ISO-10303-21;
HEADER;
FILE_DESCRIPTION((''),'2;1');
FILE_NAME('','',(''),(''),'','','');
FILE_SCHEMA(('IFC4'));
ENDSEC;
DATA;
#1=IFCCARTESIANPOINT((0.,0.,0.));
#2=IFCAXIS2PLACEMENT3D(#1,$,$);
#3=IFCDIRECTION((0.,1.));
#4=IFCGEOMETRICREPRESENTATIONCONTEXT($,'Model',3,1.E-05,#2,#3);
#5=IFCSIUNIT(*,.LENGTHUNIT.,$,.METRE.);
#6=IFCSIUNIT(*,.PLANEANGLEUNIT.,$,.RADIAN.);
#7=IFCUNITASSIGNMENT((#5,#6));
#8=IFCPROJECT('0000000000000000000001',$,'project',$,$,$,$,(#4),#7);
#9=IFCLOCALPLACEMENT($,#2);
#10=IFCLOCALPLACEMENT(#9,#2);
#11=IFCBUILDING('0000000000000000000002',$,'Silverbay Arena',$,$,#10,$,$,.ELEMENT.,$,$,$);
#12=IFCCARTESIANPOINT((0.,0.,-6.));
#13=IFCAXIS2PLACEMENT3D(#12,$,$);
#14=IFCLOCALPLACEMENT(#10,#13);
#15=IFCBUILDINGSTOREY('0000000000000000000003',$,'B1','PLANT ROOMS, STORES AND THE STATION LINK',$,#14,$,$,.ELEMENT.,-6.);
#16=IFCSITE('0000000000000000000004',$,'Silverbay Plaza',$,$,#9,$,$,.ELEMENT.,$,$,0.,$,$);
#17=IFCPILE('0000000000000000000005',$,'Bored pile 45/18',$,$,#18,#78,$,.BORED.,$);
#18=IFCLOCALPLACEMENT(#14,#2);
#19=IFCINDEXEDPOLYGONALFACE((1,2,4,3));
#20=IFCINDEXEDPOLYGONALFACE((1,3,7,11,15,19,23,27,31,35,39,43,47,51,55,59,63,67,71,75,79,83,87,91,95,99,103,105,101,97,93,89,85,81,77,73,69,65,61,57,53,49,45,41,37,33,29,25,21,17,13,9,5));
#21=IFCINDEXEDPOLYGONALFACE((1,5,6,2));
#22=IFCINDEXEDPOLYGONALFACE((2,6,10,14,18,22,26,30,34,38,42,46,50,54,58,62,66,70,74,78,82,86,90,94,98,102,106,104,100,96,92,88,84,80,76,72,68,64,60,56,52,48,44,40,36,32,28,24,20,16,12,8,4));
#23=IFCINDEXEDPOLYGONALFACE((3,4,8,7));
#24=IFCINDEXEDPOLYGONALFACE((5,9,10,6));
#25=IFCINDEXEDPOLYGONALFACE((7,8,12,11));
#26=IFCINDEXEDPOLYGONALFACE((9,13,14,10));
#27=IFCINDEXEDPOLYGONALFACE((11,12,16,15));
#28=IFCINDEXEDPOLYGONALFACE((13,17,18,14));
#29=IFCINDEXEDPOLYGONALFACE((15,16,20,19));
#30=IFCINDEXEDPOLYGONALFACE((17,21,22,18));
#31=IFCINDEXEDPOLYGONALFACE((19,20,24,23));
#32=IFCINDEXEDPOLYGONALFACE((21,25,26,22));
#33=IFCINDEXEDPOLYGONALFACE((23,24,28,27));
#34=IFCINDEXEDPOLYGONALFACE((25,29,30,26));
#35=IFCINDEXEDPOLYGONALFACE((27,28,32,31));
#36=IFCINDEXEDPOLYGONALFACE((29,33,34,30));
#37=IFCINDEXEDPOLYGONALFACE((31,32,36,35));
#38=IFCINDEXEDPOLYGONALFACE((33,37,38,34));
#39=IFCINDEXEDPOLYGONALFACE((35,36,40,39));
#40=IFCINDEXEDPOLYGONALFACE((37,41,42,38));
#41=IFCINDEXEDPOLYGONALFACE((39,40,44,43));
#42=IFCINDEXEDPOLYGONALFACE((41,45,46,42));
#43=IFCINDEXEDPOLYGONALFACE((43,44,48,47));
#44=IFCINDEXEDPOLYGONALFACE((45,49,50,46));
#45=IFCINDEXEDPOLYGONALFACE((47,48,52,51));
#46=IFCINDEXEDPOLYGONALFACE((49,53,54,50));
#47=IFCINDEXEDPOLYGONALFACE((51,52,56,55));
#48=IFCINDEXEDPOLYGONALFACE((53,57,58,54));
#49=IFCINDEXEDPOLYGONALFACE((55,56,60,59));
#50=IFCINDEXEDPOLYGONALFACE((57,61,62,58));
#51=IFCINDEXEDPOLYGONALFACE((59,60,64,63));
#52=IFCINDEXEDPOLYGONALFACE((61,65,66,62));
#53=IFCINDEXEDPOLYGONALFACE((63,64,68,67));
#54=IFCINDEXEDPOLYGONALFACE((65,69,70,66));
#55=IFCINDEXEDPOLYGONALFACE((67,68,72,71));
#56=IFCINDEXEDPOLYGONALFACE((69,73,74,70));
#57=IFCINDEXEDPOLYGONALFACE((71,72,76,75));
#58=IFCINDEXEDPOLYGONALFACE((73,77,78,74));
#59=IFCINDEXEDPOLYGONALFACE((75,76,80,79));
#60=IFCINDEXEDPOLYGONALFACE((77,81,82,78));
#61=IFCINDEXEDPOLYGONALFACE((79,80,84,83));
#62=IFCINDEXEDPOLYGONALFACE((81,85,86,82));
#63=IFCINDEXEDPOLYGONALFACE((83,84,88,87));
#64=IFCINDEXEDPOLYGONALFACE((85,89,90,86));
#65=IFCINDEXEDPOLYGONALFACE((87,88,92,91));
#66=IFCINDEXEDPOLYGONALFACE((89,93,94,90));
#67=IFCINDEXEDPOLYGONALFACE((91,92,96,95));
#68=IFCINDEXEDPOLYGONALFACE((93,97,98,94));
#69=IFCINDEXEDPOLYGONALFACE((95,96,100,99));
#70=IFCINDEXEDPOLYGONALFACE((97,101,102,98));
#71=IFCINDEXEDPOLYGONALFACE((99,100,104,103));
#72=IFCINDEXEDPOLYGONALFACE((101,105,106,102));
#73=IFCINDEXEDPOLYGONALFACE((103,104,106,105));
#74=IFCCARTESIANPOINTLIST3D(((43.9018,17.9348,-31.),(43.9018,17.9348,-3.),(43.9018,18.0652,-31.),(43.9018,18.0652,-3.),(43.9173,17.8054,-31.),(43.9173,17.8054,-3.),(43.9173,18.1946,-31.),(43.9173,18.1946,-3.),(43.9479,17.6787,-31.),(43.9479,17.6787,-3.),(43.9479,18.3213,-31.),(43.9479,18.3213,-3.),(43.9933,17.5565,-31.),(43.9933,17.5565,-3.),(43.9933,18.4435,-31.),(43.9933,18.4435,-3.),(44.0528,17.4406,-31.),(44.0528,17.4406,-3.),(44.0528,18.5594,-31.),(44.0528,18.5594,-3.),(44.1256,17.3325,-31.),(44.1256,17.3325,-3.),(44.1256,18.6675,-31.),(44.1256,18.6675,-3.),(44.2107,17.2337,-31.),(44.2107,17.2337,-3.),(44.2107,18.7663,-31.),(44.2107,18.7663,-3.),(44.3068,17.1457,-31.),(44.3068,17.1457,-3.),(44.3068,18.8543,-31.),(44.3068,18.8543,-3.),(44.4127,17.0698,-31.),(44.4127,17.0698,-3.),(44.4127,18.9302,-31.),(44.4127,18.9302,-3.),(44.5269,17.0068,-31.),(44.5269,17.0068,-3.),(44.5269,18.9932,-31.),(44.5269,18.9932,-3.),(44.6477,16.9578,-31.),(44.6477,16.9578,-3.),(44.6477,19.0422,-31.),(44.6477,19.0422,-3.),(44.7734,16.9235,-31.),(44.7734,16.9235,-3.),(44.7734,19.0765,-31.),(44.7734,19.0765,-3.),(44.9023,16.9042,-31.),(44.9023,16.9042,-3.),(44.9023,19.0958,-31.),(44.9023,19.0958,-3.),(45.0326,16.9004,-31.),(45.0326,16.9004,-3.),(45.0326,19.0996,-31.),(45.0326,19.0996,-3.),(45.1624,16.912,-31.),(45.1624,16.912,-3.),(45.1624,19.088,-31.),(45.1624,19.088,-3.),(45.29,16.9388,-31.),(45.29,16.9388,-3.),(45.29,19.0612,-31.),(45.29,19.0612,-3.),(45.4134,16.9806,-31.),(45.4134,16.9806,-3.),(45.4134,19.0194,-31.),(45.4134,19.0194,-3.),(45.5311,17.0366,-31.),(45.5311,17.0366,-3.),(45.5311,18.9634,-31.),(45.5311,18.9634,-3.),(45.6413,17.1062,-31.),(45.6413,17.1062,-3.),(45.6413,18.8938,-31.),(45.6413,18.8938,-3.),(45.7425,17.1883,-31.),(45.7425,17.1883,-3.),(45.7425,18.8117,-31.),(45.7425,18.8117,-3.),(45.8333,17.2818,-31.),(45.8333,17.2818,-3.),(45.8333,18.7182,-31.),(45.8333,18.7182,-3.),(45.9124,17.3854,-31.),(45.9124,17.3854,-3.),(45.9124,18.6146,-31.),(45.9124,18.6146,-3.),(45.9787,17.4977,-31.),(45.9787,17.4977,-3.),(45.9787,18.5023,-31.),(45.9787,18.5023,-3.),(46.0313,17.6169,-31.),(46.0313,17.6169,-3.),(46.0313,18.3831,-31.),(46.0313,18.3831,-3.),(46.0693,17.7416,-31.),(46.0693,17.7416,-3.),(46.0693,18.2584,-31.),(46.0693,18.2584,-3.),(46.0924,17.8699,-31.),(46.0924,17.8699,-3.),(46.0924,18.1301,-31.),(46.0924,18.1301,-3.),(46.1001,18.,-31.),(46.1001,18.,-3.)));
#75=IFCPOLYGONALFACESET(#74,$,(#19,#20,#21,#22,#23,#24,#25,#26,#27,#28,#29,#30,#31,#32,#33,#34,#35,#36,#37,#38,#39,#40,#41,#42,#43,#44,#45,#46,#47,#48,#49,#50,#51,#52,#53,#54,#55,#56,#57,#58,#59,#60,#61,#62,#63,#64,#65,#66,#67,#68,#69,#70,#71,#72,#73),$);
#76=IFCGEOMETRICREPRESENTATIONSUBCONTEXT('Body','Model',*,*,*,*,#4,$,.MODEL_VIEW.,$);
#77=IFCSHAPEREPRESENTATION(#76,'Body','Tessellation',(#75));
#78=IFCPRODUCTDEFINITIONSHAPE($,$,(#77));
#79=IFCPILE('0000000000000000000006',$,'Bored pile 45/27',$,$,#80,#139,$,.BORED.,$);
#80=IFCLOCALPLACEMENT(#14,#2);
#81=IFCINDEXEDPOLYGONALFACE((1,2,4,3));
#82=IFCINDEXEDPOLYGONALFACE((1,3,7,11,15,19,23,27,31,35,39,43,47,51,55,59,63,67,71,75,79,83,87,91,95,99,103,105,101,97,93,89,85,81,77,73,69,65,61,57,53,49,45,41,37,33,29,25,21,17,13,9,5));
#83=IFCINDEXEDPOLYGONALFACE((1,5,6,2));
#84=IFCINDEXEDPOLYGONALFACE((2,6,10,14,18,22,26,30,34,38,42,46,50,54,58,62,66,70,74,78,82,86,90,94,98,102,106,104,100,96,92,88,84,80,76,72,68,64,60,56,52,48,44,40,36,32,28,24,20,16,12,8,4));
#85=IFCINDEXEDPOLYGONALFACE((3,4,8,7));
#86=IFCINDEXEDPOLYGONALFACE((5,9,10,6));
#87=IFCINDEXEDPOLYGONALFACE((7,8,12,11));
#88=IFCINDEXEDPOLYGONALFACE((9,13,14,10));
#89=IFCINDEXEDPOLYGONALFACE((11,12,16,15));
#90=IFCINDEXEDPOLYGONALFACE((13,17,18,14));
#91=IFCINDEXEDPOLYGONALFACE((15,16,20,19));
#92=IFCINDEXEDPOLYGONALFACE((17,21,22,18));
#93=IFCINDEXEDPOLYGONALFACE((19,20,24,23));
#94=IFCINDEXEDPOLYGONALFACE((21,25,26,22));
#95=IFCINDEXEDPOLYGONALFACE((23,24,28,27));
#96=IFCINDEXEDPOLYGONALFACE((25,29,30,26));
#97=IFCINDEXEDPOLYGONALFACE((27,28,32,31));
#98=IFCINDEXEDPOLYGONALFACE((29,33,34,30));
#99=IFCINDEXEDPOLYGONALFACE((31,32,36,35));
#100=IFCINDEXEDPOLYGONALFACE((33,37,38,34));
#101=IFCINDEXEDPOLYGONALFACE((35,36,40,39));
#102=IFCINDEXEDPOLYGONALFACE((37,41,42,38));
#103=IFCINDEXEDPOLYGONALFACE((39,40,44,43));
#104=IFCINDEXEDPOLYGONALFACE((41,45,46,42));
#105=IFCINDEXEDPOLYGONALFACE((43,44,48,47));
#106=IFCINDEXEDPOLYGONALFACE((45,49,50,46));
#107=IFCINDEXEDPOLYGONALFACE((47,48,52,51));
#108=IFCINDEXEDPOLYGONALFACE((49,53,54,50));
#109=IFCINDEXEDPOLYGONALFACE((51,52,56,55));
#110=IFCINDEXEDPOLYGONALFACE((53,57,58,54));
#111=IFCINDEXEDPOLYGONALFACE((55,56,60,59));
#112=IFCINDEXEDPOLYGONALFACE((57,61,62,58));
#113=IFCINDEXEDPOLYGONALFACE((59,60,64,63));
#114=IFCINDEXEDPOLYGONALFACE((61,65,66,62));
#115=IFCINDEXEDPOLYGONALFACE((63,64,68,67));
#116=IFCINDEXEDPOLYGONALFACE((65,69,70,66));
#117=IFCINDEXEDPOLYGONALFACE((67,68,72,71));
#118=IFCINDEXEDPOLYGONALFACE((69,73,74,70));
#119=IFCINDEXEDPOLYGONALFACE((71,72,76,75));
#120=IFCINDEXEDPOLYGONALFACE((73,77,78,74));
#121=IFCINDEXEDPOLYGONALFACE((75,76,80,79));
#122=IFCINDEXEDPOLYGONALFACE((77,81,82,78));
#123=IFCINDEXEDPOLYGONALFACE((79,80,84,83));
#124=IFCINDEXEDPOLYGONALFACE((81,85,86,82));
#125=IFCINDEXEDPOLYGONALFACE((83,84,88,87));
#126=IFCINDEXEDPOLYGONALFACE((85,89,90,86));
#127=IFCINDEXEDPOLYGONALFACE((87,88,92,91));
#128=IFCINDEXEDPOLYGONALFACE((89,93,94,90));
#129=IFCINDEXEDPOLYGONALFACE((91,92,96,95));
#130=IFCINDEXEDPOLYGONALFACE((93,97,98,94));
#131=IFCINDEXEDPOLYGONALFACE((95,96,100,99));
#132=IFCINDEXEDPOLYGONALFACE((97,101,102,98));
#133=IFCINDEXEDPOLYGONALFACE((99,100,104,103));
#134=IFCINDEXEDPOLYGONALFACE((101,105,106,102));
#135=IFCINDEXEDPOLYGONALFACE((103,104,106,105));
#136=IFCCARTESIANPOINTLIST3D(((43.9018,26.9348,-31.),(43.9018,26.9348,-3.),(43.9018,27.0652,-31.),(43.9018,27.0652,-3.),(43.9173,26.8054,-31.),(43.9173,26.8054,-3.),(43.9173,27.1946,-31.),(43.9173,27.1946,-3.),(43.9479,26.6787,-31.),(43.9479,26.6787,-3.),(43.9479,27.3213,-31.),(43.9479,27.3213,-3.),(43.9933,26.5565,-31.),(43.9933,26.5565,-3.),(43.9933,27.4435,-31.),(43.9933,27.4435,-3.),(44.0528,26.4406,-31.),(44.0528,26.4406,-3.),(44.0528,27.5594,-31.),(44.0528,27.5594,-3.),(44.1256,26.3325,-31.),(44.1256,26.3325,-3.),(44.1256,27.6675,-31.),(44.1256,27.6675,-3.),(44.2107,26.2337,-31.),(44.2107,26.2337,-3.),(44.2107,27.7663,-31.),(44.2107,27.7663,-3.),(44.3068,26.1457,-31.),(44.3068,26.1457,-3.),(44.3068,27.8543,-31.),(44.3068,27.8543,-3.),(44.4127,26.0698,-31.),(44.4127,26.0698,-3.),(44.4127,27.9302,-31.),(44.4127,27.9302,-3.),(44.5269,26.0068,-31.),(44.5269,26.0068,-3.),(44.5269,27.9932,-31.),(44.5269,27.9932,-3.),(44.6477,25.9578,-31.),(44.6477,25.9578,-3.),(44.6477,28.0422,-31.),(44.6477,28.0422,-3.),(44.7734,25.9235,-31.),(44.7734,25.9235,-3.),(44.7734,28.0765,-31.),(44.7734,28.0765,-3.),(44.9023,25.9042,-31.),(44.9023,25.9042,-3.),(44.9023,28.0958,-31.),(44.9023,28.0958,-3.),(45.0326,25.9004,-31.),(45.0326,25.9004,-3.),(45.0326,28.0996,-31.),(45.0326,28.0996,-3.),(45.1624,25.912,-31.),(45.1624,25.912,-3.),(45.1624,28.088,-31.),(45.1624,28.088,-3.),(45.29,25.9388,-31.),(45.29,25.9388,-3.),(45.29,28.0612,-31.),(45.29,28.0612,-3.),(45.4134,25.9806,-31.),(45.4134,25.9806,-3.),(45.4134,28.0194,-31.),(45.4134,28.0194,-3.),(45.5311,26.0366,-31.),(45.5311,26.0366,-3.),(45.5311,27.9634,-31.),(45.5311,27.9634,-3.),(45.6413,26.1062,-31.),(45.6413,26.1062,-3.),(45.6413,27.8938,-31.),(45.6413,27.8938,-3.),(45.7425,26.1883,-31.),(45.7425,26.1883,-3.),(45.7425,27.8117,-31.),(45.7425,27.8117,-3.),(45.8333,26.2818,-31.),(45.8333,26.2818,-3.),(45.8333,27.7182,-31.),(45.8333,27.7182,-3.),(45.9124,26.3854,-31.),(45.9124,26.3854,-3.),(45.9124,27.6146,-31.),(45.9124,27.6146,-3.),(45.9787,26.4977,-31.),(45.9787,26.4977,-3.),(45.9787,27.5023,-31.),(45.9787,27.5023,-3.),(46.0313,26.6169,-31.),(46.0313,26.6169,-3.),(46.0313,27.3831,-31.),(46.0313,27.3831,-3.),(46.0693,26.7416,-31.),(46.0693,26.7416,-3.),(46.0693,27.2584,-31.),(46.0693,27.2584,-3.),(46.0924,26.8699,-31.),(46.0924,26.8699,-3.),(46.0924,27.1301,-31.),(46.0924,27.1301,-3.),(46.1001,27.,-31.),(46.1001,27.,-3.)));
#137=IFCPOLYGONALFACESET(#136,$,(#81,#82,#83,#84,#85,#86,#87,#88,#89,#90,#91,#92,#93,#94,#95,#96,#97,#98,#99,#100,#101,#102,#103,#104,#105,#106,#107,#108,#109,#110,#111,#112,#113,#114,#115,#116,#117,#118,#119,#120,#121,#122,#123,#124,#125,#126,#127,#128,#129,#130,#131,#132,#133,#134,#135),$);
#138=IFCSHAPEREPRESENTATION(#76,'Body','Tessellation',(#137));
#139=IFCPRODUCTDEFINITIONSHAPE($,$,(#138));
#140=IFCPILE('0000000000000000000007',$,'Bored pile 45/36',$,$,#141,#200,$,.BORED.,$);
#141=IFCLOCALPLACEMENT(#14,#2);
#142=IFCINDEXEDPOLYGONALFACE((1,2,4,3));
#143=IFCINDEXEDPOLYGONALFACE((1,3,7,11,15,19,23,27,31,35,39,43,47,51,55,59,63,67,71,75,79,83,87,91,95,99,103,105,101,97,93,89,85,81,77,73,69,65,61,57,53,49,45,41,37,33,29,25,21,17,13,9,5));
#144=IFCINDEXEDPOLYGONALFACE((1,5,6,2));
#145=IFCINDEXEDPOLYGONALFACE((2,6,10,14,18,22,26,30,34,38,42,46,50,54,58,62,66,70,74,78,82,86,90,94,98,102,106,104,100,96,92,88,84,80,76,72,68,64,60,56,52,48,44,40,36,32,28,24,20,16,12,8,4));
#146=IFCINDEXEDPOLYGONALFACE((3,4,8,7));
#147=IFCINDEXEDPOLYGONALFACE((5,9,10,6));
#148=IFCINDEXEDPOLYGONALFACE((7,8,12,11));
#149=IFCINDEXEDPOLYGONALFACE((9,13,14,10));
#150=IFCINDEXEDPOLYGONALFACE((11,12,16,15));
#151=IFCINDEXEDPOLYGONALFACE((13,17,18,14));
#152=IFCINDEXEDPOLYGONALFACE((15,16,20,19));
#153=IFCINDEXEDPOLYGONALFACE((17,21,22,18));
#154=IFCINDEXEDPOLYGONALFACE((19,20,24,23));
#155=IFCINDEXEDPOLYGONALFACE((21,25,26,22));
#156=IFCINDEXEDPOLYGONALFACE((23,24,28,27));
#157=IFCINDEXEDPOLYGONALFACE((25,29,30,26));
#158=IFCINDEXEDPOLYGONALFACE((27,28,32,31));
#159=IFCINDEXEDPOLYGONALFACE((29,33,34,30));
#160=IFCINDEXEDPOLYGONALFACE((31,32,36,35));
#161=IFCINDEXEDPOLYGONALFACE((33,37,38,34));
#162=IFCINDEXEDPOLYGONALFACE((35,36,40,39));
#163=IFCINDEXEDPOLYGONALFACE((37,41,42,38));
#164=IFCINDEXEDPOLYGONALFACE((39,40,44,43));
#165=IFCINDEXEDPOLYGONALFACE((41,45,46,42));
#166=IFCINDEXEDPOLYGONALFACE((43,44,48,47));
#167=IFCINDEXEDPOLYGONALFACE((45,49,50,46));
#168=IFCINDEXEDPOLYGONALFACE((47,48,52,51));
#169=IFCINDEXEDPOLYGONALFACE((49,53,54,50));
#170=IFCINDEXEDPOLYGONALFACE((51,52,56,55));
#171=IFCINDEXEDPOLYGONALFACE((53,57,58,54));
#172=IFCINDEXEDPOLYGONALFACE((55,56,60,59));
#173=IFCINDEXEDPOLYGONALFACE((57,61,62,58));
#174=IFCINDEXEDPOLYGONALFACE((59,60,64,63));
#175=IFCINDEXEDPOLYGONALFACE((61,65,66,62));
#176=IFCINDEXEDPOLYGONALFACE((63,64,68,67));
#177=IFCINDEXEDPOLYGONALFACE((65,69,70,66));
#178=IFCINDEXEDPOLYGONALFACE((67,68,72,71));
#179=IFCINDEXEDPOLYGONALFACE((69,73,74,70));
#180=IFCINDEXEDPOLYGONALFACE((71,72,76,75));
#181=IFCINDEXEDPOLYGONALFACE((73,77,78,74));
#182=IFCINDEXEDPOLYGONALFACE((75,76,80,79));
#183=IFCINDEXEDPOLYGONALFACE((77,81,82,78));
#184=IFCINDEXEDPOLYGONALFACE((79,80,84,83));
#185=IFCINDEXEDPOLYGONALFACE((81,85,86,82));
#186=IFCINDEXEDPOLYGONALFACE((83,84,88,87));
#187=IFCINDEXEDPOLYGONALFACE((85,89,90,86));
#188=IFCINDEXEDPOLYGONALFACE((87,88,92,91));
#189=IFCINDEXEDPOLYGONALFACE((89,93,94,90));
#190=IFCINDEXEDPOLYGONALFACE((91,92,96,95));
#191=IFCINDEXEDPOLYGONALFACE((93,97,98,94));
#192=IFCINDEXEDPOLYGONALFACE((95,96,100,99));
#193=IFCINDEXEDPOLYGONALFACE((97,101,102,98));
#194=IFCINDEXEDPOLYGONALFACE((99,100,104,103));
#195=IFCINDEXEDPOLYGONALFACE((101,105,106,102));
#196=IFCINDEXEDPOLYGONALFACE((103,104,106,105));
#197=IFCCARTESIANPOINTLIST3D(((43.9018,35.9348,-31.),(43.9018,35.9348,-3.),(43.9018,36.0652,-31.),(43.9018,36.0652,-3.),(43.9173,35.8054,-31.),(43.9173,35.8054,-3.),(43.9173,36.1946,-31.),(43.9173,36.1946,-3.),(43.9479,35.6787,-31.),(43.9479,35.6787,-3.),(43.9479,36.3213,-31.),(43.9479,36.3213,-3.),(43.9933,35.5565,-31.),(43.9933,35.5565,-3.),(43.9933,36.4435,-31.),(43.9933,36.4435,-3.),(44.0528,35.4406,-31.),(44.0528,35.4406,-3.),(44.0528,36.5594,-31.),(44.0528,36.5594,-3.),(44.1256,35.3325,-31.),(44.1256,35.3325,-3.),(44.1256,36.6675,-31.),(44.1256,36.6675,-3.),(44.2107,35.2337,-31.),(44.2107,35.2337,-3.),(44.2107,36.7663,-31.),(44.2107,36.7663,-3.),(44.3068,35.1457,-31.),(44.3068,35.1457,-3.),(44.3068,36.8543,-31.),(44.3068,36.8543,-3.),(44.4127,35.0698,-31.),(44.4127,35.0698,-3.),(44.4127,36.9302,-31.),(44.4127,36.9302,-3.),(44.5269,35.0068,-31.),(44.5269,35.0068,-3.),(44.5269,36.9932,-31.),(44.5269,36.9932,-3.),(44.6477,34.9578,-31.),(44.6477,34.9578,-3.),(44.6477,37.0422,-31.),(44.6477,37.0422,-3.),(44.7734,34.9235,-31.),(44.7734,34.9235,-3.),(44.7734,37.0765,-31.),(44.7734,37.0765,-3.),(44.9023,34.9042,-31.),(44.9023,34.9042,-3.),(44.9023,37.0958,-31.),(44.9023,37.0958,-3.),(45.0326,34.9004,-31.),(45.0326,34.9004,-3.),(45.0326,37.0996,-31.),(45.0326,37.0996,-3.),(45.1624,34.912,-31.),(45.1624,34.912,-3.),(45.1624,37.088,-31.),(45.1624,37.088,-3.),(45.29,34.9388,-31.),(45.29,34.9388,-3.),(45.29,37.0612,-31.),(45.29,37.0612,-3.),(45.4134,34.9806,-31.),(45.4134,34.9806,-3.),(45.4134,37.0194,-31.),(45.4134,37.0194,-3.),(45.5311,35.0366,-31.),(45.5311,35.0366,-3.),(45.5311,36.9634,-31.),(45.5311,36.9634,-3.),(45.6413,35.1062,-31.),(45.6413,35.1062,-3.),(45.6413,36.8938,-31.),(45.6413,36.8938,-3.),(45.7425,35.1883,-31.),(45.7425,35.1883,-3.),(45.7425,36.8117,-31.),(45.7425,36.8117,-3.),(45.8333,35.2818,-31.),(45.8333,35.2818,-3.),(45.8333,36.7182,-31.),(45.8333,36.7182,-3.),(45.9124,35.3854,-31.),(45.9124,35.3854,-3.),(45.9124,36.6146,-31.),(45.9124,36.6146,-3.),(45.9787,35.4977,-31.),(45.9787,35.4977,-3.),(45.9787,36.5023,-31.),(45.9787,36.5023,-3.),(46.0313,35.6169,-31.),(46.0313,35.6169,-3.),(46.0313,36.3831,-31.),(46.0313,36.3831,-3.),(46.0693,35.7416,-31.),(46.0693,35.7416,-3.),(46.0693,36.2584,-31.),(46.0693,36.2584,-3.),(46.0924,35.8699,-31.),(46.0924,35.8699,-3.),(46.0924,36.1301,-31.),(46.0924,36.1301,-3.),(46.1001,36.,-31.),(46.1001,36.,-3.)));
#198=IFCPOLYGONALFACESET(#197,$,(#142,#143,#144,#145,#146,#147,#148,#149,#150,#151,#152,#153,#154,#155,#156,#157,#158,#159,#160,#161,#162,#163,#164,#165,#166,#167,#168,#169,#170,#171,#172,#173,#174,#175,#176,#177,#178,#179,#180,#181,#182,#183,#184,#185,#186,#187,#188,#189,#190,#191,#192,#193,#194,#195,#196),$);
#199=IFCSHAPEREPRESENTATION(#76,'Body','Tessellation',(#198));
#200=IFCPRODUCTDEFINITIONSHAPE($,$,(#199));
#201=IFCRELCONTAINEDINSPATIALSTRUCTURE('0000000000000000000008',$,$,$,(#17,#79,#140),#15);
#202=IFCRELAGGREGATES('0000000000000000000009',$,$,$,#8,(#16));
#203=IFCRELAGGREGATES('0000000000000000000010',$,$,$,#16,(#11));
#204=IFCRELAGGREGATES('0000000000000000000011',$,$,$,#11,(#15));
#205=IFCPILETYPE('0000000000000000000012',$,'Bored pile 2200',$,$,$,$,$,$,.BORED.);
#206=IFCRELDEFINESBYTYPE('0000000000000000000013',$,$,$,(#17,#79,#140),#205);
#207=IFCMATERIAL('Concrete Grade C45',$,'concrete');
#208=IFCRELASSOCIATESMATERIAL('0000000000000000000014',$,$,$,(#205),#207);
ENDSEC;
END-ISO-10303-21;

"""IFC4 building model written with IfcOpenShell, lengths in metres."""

from ifc_helpers import new_model, si_unit, direction, frame, origin, origin_2d, place, context, subcontext, project, spatial, circle, extrude, material, material_profile, profile_set, type_object, element, save


model = new_model("IFC4")

# Units and contexts
model_context = context("Model", 3, precision=1e-05, world=origin(), true_north=direction((0.0, 1.0)))
body_context = subcontext(model_context, "Body", "Model", "MODEL_VIEW")
ifc_project = project(units=[si_unit("LENGTHUNIT", "METRE"), si_unit("PLANEANGLEUNIT", "RADIAN")], contexts=[model_context])

# Site, building, storey
site_placement = place(None, origin())
site = spatial("IfcSite", under=ifc_project, at=site_placement, Name="Silverbay Plaza", CompositionType="ELEMENT", RefElevation=0.0)
building_placement = place(site_placement, origin())
building = spatial("IfcBuilding", under=site, at=building_placement, Name="Silverbay Arena", CompositionType="ELEMENT")
storey_placement = place(building_placement, frame((0.0, 0.0, -6.0)))
storey = spatial("IfcBuildingStorey", under=building, at=storey_placement, Name="B1", Description="PLANT ROOMS, STORES AND THE STATION LINK", CompositionType="ELEMENT", Elevation=-6.0)

# Piles
ifc_material_1 = material(Name="Concrete Grade C45", Category="concrete")
ifc_material_profile_1 = material_profile(ifc_material_1, circle(Radius=1.1001, at=origin_2d()), Name="Bored pile 2200")
ifc_profile_set_1 = profile_set([ifc_material_profile_1], Name="Concrete Grade C45")
pile_type_1 = type_object("IfcPileType", Name="Bored pile 2200", PredefinedType="BORED", material=ifc_profile_set_1)
for number, where, z_axis, x_axis, name in (
    (1, (45.0, 18.0, -3.0), (0.0, 0.0, -1.0), (1.0, 0.0, 0.0), "Bored pile 45/18"),
    (2, (45.0, 27.0, -3.0), (0.0, 0.0, -1.0), (1.0, 0.0, 0.0), "Bored pile 45/27"),
    (3, (45.0, 36.0, -3.0), (0.0, 0.0, -1.0), (1.0, 0.0, 0.0), "Bored pile 45/36"),
):
    element("IfcPile", number, at=place(storey_placement, frame(where, z_axis=z_axis, x_axis=x_axis)), inside=storey, type_object=pile_type_1, Name=name, PredefinedType="BORED", context=body_context, shape_type="SweptSolid", body=[
        extrude(circle(Radius=1.1001, at=origin_2d()), origin(), (0.0, 0.0, 1.0), 28.0),
    ])

save(model, "model.ifc")
